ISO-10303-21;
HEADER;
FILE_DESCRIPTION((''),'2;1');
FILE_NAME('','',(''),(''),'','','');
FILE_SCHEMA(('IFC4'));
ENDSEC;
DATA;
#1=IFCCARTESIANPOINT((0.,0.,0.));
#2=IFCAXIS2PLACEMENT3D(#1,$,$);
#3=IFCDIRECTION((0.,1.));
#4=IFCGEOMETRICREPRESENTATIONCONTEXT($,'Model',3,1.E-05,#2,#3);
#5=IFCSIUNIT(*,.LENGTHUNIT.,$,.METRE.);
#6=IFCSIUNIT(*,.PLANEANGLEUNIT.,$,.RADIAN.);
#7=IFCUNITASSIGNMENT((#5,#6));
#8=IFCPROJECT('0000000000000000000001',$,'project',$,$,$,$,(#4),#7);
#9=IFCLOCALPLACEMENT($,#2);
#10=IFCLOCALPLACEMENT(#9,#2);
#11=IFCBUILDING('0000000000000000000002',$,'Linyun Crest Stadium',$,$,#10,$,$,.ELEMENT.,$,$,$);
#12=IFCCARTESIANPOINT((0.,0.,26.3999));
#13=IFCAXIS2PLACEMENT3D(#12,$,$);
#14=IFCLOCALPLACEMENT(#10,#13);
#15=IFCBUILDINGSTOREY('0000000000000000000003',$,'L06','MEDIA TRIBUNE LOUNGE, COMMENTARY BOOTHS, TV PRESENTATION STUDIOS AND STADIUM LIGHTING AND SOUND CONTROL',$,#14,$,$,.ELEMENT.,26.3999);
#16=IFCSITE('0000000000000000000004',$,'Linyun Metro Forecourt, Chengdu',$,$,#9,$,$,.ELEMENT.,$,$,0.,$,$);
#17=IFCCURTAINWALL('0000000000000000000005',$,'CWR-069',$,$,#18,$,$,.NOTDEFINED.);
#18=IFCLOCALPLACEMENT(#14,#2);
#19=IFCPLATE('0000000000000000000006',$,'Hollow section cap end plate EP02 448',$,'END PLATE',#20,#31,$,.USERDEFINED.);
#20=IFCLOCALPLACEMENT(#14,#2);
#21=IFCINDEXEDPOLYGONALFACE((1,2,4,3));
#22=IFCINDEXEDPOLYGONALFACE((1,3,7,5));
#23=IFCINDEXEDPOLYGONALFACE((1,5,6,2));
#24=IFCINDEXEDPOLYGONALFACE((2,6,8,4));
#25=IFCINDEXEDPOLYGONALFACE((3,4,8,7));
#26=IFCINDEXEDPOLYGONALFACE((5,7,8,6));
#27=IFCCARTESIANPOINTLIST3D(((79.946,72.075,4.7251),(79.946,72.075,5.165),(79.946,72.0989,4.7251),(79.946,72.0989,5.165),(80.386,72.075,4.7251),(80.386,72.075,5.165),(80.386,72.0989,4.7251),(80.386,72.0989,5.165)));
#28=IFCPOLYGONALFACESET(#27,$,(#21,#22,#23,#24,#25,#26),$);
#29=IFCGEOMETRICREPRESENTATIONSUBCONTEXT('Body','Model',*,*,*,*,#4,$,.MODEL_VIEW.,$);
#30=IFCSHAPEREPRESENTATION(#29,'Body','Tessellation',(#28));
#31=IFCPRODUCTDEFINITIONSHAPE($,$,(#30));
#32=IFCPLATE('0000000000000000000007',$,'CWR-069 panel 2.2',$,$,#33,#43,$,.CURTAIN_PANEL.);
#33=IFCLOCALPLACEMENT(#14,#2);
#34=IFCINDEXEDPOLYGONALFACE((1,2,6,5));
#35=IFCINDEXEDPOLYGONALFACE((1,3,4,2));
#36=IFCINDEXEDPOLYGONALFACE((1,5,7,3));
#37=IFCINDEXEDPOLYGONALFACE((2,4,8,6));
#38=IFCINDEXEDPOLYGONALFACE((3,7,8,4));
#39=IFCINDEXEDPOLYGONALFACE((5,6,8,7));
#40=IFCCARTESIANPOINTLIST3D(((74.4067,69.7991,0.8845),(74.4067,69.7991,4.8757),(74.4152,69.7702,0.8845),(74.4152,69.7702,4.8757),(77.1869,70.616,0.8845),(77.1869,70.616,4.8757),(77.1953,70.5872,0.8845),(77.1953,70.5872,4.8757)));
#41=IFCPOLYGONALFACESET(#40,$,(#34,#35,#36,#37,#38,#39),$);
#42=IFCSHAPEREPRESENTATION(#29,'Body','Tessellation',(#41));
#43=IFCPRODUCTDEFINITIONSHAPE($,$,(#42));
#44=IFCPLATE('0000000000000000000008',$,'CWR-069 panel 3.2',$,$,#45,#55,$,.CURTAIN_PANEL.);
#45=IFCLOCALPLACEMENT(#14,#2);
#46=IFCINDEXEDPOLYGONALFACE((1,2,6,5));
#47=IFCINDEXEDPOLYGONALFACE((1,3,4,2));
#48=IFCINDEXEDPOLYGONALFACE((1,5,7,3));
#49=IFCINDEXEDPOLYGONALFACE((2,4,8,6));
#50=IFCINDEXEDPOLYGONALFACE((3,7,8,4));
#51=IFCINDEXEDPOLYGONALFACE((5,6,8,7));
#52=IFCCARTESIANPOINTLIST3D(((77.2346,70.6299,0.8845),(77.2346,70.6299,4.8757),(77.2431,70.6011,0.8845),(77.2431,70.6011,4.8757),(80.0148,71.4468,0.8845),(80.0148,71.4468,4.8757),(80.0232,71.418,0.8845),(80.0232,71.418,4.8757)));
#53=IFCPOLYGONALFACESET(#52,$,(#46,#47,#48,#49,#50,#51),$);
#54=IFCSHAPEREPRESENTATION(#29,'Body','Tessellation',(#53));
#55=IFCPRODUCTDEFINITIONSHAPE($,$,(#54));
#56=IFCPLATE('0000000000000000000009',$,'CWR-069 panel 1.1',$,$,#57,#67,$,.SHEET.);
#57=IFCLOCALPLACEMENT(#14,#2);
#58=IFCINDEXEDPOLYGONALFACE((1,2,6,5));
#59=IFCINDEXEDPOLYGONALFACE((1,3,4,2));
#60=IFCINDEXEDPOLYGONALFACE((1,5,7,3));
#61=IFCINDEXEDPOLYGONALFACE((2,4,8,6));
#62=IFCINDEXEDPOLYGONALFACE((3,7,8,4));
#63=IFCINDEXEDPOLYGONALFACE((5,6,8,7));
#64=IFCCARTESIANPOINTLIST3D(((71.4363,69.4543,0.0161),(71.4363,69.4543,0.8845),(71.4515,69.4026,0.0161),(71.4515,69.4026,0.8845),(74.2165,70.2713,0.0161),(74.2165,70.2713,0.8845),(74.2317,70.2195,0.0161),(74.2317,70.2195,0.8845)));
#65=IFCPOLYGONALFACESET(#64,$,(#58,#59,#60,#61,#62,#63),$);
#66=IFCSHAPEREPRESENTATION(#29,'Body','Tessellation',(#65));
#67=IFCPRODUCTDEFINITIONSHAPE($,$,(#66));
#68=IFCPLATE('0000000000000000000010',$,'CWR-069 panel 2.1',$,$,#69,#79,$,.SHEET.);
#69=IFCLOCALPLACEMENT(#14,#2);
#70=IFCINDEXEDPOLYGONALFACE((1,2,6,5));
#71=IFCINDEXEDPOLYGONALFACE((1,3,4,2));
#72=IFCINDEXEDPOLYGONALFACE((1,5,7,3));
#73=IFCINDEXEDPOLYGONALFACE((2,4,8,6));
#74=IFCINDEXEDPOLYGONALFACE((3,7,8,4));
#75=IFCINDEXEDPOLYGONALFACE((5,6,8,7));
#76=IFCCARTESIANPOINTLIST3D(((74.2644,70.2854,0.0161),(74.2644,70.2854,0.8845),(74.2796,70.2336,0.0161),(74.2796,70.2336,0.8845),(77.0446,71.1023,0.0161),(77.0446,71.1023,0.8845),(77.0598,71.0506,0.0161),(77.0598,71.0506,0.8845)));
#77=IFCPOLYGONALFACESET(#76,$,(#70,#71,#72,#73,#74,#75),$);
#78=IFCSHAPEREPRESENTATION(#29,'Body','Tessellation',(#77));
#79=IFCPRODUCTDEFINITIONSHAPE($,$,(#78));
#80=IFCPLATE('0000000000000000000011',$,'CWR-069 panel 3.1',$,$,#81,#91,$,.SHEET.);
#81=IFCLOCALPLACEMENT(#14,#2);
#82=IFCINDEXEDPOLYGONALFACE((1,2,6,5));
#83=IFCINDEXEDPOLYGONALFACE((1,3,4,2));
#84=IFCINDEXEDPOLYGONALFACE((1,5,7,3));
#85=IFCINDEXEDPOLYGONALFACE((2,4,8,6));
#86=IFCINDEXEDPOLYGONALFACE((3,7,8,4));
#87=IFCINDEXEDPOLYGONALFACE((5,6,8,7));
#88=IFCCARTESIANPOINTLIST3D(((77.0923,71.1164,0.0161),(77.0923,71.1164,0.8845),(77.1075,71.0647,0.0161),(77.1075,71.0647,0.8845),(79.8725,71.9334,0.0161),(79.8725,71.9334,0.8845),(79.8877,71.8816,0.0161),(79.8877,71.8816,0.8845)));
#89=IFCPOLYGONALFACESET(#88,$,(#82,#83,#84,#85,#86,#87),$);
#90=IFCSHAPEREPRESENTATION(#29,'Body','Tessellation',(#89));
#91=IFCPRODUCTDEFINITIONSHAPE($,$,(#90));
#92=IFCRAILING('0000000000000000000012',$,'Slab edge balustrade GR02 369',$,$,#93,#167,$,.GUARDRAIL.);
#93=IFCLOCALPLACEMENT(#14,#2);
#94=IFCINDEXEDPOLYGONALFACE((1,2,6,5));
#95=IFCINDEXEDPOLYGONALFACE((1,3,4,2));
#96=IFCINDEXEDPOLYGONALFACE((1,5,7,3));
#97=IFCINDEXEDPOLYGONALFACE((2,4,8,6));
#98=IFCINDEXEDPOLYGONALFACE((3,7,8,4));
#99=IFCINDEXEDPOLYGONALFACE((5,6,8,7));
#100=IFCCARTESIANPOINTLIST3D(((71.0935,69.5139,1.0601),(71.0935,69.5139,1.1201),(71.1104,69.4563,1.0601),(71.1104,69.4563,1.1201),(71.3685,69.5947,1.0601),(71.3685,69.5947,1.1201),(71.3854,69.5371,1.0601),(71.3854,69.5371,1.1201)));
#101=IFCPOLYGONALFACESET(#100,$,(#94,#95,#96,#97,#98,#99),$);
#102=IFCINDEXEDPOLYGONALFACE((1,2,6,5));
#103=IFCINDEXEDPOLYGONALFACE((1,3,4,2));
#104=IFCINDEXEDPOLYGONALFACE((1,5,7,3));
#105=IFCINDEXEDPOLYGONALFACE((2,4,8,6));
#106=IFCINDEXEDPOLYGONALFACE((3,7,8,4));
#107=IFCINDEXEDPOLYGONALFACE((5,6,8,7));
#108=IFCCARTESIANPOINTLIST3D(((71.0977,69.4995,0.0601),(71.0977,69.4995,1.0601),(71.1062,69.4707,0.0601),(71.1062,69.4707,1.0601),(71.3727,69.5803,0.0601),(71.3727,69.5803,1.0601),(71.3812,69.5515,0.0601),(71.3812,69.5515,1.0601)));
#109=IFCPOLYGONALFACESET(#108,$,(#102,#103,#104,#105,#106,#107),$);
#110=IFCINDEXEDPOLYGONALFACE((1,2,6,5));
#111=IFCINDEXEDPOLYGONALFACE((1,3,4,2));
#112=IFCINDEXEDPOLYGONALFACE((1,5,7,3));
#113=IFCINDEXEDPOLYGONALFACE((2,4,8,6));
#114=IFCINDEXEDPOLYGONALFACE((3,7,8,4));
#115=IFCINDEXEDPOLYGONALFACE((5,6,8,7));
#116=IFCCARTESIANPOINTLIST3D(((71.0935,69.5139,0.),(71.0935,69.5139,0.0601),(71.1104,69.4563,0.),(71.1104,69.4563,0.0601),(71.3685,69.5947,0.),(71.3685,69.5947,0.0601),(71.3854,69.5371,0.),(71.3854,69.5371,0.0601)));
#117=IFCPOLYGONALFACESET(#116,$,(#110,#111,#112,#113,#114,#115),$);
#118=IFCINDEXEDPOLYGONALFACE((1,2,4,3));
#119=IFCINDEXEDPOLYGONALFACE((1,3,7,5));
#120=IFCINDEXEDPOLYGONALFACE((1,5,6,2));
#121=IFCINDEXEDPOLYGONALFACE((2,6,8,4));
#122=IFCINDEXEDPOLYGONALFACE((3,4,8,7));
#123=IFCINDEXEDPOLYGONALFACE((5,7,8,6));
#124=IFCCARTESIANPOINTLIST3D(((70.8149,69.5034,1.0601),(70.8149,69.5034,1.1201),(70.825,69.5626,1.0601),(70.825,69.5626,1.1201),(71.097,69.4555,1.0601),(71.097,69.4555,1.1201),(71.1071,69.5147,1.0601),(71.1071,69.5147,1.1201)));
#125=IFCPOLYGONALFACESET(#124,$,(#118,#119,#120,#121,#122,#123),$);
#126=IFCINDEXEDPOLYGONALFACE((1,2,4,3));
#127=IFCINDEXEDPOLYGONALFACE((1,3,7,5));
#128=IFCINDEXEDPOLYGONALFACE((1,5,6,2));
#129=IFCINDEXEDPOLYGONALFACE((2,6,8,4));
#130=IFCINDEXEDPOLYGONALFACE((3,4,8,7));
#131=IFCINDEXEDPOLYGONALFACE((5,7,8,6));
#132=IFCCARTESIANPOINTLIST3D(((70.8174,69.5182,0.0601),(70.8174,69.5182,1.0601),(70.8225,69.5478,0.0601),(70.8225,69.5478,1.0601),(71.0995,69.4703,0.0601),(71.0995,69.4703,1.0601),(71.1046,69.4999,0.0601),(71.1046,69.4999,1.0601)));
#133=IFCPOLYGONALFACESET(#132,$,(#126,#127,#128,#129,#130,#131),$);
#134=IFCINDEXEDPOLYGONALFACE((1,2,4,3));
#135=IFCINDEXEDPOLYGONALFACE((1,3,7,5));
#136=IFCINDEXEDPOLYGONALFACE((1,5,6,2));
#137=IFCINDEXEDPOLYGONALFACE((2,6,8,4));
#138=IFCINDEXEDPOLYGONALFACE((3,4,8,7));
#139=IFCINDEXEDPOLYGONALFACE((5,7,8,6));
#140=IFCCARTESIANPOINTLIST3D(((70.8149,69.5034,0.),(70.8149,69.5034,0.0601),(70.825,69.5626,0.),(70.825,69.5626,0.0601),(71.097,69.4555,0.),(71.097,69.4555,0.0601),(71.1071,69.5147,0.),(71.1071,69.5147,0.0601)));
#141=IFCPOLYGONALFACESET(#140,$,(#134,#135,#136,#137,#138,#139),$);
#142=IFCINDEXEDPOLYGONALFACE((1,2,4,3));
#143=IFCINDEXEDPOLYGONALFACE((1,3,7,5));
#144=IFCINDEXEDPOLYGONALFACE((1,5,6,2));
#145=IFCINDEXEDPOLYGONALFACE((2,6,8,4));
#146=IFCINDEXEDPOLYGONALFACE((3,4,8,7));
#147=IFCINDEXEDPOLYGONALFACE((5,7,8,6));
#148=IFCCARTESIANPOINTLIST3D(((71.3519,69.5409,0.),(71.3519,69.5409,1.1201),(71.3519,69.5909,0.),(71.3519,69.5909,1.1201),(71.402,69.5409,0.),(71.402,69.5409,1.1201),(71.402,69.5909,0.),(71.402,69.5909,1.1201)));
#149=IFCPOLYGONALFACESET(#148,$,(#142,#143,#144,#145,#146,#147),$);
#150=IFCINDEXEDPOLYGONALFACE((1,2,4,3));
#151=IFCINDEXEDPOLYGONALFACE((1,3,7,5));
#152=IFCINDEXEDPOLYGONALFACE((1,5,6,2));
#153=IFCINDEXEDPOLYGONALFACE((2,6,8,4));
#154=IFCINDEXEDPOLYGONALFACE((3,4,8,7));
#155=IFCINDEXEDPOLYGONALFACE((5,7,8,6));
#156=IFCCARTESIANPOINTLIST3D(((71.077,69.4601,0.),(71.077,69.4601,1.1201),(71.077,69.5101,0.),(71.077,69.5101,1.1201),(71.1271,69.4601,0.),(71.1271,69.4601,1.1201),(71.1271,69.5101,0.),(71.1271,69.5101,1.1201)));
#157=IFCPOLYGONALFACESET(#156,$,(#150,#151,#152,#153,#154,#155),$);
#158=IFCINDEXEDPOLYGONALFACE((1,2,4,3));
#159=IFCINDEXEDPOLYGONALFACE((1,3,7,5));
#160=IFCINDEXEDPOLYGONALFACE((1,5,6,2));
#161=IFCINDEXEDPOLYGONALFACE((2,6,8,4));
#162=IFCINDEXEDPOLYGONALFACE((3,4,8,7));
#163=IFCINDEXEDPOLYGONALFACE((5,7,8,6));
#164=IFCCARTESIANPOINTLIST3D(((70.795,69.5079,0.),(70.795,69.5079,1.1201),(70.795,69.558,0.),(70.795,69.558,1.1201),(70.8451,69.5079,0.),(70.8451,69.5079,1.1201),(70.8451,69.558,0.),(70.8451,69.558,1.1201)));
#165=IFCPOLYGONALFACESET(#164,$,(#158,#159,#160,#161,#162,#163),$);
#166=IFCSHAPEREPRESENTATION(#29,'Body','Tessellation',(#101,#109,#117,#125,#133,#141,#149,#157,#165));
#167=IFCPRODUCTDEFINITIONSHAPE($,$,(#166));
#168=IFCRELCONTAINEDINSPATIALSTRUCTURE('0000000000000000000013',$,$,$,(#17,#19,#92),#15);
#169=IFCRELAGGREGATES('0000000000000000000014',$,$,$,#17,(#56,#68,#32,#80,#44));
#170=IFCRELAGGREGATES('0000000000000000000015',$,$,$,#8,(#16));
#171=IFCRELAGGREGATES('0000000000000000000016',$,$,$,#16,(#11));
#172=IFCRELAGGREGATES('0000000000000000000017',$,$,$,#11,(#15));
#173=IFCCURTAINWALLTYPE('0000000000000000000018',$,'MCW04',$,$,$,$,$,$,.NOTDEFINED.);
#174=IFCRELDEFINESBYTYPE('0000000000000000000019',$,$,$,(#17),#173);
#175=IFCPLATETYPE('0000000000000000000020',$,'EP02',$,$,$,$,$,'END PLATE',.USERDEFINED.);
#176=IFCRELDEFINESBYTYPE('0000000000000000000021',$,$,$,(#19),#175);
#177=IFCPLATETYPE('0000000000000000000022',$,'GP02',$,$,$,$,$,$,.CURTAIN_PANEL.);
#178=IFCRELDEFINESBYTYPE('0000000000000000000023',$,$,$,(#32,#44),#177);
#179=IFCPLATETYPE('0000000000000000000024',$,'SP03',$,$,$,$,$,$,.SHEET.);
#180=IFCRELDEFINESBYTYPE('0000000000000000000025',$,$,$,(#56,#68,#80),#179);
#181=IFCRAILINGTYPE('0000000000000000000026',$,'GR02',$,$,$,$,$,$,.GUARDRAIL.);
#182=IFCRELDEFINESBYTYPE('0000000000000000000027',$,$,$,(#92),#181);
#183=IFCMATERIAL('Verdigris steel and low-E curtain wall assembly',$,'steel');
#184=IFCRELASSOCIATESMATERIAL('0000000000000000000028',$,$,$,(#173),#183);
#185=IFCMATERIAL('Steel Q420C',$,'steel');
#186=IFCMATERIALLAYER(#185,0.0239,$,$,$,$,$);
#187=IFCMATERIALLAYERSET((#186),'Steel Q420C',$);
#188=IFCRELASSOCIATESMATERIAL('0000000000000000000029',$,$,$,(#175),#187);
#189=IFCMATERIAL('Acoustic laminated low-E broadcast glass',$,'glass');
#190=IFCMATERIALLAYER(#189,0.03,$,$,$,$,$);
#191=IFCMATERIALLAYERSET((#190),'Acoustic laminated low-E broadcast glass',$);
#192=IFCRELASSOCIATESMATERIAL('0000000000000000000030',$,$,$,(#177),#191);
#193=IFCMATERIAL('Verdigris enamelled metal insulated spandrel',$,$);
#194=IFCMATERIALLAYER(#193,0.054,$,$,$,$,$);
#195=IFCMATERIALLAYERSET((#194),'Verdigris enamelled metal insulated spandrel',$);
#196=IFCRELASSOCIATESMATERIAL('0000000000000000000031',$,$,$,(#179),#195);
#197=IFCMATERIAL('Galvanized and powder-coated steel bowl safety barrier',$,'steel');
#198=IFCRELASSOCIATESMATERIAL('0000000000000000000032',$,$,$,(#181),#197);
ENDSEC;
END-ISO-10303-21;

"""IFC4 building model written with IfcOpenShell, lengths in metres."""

from ifc_helpers import new_model, si_unit, direction, frame, origin, origin_2d, place, context, subcontext, project, spatial, rectangle, extrude, material, layer, layer_set, type_object, element, aggregate, save


model = new_model("IFC4")

# Units and contexts
model_context = context("Model", 3, precision=1e-05, world=origin(), true_north=direction((0.0, 1.0)))
body_context = subcontext(model_context, "Body", "Model", "MODEL_VIEW")
ifc_project = project(units=[si_unit("LENGTHUNIT", "METRE"), si_unit("PLANEANGLEUNIT", "RADIAN")], contexts=[model_context])

# Site, building, storey
site_placement = place(None, origin())
site = spatial("IfcSite", under=ifc_project, at=site_placement, Name="Linyun Metro Forecourt, Chengdu", CompositionType="ELEMENT", RefElevation=0.0)
building_placement = place(site_placement, origin())
building = spatial("IfcBuilding", under=site, at=building_placement, Name="Linyun Crest Stadium", CompositionType="ELEMENT")
storey_placement = place(building_placement, frame((0.0, 0.0, 26.3999)))
storey = spatial("IfcBuildingStorey", under=building, at=storey_placement, Name="L06", Description="MEDIA TRIBUNE LOUNGE, COMMENTARY BOOTHS, TV PRESENTATION STUDIOS AND STADIUM LIGHTING AND SOUND CONTROL", CompositionType="ELEMENT", Elevation=26.3999)

# Shared definitions
ifc_material_1 = material(Name="Verdigris steel and low-E curtain wall assembly", Category="steel")
curtain_wall_type = type_object("IfcCurtainWallType", Name="MCW04", PredefinedType="NOTDEFINED", material=ifc_material_1)

# Curtain wall
curtain_wall_1_placement = place(storey_placement, origin())
curtain_wall_1 = element("IfcCurtainWall", 1, at=curtain_wall_1_placement, inside=storey, type_object=curtain_wall_type, Name="CWR-069", PredefinedType="NOTDEFINED")

# Plate
ifc_material_2 = material(Name="Steel Q420C", Category="steel")
ifc_layer_1 = layer(ifc_material_2, 0.0239)
ifc_layer_set_1 = layer_set([ifc_layer_1], Name="Steel Q420C")
plate_type_1 = type_object("IfcPlateType", Name="EP02", ElementType="END PLATE", PredefinedType="USERDEFINED", material=ifc_layer_set_1)
plate_1_placement = place(storey_placement, frame((80.166, 72.0869, 4.7251), z_axis=(0.0, 0.0, 1.0), x_axis=(1.0, 0.0, 0.0)))
element("IfcPlate", 2, at=plate_1_placement, inside=storey, type_object=plate_type_1, Name="Hollow section cap end plate EP02 448", ObjectType="END PLATE", PredefinedType="USERDEFINED", context=body_context, shape_type="SweptSolid", body=[
    extrude(rectangle(XDim=0.4399, YDim=0.0239, at=origin_2d()), origin(), (0.0, 0.0, 1.0), 0.4399),
])

# Plates
ifc_material_3 = material(Name="Acoustic laminated low-E broadcast glass", Category="glass")
ifc_layer_2 = layer(ifc_material_3, 0.03)
ifc_layer_set_2 = layer_set([ifc_layer_2], Name="Acoustic laminated low-E broadcast glass")
plate_type_2 = type_object("IfcPlateType", Name="GP02", PredefinedType="CURTAIN_PANEL", material=ifc_layer_set_2)
plate_2_placement = place(storey_placement, frame((75.801, 70.1931, 0.8845), z_axis=(0.0, 0.0, 1.0), x_axis=(0.959437, 0.281923, 0.0)))
plate_2 = element("IfcPlate", 3, at=plate_2_placement, type_object=plate_type_2, Name="CWR-069 panel 2.2", PredefinedType="CURTAIN_PANEL", context=body_context, shape_type="SweptSolid", body=[
    extrude(rectangle(XDim=2.8977, YDim=0.03, at=origin_2d()), origin(), (0.0, 0.0, 1.0), 3.9912),
])
plate_3_placement = place(storey_placement, frame((78.6289, 71.0239, 0.8845), z_axis=(0.0, 0.0, 1.0), x_axis=(0.959437, 0.281923, 0.0)))
plate_3 = element("IfcPlate", 4, at=plate_3_placement, type_object=plate_type_2, Name="CWR-069 panel 3.2", PredefinedType="CURTAIN_PANEL", context=body_context, shape_type="SweptSolid", body=[
    extrude(rectangle(XDim=2.8977, YDim=0.03, at=origin_2d()), origin(), (0.0, 0.0, 1.0), 3.9912),
])
ifc_material_4 = material(Name="Verdigris enamelled metal insulated spandrel")
ifc_layer_3 = layer(ifc_material_4, 0.054)
ifc_layer_set_3 = layer_set([ifc_layer_3], Name="Verdigris enamelled metal insulated spandrel")
plate_type_3 = type_object("IfcPlateType", Name="SP03", PredefinedType="SHEET", material=ifc_layer_set_3)
plate_4_placement = place(storey_placement, frame((72.834, 69.8369, 0.0161), z_axis=(0.0, 0.0, 1.0), x_axis=(0.959437, 0.281923, 0.0)))
plate_4 = element("IfcPlate", 5, at=plate_4_placement, type_object=plate_type_3, Name="CWR-069 panel 1.1", PredefinedType="SHEET", context=body_context, shape_type="SweptSolid", body=[
    extrude(rectangle(XDim=2.8977, YDim=0.054, at=origin_2d()), origin(), (0.0, 0.0, 1.0), 0.8684),
])
plate_5_placement = place(storey_placement, frame((75.6621, 70.668, 0.0161), z_axis=(0.0, 0.0, 1.0), x_axis=(0.959437, 0.281923, 0.0)))
plate_5 = element("IfcPlate", 6, at=plate_5_placement, type_object=plate_type_3, Name="CWR-069 panel 2.1", PredefinedType="SHEET", context=body_context, shape_type="SweptSolid", body=[
    extrude(rectangle(XDim=2.8977, YDim=0.054, at=origin_2d()), origin(), (0.0, 0.0, 1.0), 0.8684),
])
plate_6_placement = place(storey_placement, frame((78.49, 71.499, 0.0161), z_axis=(0.0, 0.0, 1.0), x_axis=(0.959437, 0.281923, 0.0)))
plate_6 = element("IfcPlate", 7, at=plate_6_placement, type_object=plate_type_3, Name="CWR-069 panel 3.1", PredefinedType="SHEET", context=body_context, shape_type="SweptSolid", body=[
    extrude(rectangle(XDim=2.8977, YDim=0.054, at=origin_2d()), origin(), (0.0, 0.0, 1.0), 0.8684),
])
aggregate(curtain_wall_1, [plate_4, plate_5, plate_2, plate_6, plate_3])

# Railing
ifc_material_5 = material(Name="Galvanized and powder-coated steel bowl safety barrier", Category="steel")
railing_type = type_object("IfcRailingType", Name="GR02", PredefinedType="GUARDRAIL", material=ifc_material_5)
railing_placement = place(storey_placement, frame((71.377, 69.5659, 0.0)))
element("IfcRailing", 8, at=railing_placement, inside=storey, type_object=railing_type, Name="Slab edge balustrade GR02 369", PredefinedType="GUARDRAIL", context=body_context, shape_type="SweptSolid", body=[
    extrude(rectangle(XDim=0.0601, YDim=0.0601, at=origin_2d()), frame((0.0, 0.0, 1.0901), z_axis=(-0.959406, -0.282028, 0.0), x_axis=(0.282028, -0.959406, 0.0)), (0.0, 0.0, 1.0), 0.2866),
    extrude(rectangle(XDim=0.03, YDim=1.0, at=origin_2d()), frame((0.0, 0.0, 0.5601), z_axis=(-0.959406, -0.282028, 0.0), x_axis=(0.282028, -0.959406, 0.0)), (0.0, 0.0, 1.0), 0.2866),
    extrude(rectangle(XDim=0.0601, YDim=0.0601, at=origin_2d()), frame((0.0, 0.0, 0.03), z_axis=(-0.959406, -0.282028, 0.0), x_axis=(0.282028, -0.959406, 0.0)), (0.0, 0.0, 1.0), 0.2866),
    extrude(rectangle(XDim=0.0601, YDim=0.0601, at=origin_2d()), frame((-0.2749, -0.0808, 1.0901), z_axis=(-0.985905, 0.167305, 0.0), x_axis=(-0.167305, -0.985905, 0.0)), (0.0, 0.0, 1.0), 0.2861),
    extrude(rectangle(XDim=0.03, YDim=1.0, at=origin_2d()), frame((-0.2749, -0.0808, 0.5601), z_axis=(-0.985905, 0.167305, 0.0), x_axis=(-0.167305, -0.985905, 0.0)), (0.0, 0.0, 1.0), 0.2861),
    extrude(rectangle(XDim=0.0601, YDim=0.0601, at=origin_2d()), frame((-0.2749, -0.0808, 0.03), z_axis=(-0.985905, 0.167305, 0.0), x_axis=(-0.167305, -0.985905, 0.0)), (0.0, 0.0, 1.0), 0.2861),
    extrude(rectangle(XDim=0.05, YDim=0.05, at=origin_2d()), origin(), (0.0, 0.0, 1.0), 1.1201),
    extrude(rectangle(XDim=0.05, YDim=0.05, at=origin_2d()), frame((-0.2749, -0.0808, 0.0)), (0.0, 0.0, 1.0), 1.1201),
    extrude(rectangle(XDim=0.05, YDim=0.05, at=origin_2d()), frame((-0.5569, -0.033, 0.0)), (0.0, 0.0, 1.0), 1.1201),
])

save(model, "model.ifc")
